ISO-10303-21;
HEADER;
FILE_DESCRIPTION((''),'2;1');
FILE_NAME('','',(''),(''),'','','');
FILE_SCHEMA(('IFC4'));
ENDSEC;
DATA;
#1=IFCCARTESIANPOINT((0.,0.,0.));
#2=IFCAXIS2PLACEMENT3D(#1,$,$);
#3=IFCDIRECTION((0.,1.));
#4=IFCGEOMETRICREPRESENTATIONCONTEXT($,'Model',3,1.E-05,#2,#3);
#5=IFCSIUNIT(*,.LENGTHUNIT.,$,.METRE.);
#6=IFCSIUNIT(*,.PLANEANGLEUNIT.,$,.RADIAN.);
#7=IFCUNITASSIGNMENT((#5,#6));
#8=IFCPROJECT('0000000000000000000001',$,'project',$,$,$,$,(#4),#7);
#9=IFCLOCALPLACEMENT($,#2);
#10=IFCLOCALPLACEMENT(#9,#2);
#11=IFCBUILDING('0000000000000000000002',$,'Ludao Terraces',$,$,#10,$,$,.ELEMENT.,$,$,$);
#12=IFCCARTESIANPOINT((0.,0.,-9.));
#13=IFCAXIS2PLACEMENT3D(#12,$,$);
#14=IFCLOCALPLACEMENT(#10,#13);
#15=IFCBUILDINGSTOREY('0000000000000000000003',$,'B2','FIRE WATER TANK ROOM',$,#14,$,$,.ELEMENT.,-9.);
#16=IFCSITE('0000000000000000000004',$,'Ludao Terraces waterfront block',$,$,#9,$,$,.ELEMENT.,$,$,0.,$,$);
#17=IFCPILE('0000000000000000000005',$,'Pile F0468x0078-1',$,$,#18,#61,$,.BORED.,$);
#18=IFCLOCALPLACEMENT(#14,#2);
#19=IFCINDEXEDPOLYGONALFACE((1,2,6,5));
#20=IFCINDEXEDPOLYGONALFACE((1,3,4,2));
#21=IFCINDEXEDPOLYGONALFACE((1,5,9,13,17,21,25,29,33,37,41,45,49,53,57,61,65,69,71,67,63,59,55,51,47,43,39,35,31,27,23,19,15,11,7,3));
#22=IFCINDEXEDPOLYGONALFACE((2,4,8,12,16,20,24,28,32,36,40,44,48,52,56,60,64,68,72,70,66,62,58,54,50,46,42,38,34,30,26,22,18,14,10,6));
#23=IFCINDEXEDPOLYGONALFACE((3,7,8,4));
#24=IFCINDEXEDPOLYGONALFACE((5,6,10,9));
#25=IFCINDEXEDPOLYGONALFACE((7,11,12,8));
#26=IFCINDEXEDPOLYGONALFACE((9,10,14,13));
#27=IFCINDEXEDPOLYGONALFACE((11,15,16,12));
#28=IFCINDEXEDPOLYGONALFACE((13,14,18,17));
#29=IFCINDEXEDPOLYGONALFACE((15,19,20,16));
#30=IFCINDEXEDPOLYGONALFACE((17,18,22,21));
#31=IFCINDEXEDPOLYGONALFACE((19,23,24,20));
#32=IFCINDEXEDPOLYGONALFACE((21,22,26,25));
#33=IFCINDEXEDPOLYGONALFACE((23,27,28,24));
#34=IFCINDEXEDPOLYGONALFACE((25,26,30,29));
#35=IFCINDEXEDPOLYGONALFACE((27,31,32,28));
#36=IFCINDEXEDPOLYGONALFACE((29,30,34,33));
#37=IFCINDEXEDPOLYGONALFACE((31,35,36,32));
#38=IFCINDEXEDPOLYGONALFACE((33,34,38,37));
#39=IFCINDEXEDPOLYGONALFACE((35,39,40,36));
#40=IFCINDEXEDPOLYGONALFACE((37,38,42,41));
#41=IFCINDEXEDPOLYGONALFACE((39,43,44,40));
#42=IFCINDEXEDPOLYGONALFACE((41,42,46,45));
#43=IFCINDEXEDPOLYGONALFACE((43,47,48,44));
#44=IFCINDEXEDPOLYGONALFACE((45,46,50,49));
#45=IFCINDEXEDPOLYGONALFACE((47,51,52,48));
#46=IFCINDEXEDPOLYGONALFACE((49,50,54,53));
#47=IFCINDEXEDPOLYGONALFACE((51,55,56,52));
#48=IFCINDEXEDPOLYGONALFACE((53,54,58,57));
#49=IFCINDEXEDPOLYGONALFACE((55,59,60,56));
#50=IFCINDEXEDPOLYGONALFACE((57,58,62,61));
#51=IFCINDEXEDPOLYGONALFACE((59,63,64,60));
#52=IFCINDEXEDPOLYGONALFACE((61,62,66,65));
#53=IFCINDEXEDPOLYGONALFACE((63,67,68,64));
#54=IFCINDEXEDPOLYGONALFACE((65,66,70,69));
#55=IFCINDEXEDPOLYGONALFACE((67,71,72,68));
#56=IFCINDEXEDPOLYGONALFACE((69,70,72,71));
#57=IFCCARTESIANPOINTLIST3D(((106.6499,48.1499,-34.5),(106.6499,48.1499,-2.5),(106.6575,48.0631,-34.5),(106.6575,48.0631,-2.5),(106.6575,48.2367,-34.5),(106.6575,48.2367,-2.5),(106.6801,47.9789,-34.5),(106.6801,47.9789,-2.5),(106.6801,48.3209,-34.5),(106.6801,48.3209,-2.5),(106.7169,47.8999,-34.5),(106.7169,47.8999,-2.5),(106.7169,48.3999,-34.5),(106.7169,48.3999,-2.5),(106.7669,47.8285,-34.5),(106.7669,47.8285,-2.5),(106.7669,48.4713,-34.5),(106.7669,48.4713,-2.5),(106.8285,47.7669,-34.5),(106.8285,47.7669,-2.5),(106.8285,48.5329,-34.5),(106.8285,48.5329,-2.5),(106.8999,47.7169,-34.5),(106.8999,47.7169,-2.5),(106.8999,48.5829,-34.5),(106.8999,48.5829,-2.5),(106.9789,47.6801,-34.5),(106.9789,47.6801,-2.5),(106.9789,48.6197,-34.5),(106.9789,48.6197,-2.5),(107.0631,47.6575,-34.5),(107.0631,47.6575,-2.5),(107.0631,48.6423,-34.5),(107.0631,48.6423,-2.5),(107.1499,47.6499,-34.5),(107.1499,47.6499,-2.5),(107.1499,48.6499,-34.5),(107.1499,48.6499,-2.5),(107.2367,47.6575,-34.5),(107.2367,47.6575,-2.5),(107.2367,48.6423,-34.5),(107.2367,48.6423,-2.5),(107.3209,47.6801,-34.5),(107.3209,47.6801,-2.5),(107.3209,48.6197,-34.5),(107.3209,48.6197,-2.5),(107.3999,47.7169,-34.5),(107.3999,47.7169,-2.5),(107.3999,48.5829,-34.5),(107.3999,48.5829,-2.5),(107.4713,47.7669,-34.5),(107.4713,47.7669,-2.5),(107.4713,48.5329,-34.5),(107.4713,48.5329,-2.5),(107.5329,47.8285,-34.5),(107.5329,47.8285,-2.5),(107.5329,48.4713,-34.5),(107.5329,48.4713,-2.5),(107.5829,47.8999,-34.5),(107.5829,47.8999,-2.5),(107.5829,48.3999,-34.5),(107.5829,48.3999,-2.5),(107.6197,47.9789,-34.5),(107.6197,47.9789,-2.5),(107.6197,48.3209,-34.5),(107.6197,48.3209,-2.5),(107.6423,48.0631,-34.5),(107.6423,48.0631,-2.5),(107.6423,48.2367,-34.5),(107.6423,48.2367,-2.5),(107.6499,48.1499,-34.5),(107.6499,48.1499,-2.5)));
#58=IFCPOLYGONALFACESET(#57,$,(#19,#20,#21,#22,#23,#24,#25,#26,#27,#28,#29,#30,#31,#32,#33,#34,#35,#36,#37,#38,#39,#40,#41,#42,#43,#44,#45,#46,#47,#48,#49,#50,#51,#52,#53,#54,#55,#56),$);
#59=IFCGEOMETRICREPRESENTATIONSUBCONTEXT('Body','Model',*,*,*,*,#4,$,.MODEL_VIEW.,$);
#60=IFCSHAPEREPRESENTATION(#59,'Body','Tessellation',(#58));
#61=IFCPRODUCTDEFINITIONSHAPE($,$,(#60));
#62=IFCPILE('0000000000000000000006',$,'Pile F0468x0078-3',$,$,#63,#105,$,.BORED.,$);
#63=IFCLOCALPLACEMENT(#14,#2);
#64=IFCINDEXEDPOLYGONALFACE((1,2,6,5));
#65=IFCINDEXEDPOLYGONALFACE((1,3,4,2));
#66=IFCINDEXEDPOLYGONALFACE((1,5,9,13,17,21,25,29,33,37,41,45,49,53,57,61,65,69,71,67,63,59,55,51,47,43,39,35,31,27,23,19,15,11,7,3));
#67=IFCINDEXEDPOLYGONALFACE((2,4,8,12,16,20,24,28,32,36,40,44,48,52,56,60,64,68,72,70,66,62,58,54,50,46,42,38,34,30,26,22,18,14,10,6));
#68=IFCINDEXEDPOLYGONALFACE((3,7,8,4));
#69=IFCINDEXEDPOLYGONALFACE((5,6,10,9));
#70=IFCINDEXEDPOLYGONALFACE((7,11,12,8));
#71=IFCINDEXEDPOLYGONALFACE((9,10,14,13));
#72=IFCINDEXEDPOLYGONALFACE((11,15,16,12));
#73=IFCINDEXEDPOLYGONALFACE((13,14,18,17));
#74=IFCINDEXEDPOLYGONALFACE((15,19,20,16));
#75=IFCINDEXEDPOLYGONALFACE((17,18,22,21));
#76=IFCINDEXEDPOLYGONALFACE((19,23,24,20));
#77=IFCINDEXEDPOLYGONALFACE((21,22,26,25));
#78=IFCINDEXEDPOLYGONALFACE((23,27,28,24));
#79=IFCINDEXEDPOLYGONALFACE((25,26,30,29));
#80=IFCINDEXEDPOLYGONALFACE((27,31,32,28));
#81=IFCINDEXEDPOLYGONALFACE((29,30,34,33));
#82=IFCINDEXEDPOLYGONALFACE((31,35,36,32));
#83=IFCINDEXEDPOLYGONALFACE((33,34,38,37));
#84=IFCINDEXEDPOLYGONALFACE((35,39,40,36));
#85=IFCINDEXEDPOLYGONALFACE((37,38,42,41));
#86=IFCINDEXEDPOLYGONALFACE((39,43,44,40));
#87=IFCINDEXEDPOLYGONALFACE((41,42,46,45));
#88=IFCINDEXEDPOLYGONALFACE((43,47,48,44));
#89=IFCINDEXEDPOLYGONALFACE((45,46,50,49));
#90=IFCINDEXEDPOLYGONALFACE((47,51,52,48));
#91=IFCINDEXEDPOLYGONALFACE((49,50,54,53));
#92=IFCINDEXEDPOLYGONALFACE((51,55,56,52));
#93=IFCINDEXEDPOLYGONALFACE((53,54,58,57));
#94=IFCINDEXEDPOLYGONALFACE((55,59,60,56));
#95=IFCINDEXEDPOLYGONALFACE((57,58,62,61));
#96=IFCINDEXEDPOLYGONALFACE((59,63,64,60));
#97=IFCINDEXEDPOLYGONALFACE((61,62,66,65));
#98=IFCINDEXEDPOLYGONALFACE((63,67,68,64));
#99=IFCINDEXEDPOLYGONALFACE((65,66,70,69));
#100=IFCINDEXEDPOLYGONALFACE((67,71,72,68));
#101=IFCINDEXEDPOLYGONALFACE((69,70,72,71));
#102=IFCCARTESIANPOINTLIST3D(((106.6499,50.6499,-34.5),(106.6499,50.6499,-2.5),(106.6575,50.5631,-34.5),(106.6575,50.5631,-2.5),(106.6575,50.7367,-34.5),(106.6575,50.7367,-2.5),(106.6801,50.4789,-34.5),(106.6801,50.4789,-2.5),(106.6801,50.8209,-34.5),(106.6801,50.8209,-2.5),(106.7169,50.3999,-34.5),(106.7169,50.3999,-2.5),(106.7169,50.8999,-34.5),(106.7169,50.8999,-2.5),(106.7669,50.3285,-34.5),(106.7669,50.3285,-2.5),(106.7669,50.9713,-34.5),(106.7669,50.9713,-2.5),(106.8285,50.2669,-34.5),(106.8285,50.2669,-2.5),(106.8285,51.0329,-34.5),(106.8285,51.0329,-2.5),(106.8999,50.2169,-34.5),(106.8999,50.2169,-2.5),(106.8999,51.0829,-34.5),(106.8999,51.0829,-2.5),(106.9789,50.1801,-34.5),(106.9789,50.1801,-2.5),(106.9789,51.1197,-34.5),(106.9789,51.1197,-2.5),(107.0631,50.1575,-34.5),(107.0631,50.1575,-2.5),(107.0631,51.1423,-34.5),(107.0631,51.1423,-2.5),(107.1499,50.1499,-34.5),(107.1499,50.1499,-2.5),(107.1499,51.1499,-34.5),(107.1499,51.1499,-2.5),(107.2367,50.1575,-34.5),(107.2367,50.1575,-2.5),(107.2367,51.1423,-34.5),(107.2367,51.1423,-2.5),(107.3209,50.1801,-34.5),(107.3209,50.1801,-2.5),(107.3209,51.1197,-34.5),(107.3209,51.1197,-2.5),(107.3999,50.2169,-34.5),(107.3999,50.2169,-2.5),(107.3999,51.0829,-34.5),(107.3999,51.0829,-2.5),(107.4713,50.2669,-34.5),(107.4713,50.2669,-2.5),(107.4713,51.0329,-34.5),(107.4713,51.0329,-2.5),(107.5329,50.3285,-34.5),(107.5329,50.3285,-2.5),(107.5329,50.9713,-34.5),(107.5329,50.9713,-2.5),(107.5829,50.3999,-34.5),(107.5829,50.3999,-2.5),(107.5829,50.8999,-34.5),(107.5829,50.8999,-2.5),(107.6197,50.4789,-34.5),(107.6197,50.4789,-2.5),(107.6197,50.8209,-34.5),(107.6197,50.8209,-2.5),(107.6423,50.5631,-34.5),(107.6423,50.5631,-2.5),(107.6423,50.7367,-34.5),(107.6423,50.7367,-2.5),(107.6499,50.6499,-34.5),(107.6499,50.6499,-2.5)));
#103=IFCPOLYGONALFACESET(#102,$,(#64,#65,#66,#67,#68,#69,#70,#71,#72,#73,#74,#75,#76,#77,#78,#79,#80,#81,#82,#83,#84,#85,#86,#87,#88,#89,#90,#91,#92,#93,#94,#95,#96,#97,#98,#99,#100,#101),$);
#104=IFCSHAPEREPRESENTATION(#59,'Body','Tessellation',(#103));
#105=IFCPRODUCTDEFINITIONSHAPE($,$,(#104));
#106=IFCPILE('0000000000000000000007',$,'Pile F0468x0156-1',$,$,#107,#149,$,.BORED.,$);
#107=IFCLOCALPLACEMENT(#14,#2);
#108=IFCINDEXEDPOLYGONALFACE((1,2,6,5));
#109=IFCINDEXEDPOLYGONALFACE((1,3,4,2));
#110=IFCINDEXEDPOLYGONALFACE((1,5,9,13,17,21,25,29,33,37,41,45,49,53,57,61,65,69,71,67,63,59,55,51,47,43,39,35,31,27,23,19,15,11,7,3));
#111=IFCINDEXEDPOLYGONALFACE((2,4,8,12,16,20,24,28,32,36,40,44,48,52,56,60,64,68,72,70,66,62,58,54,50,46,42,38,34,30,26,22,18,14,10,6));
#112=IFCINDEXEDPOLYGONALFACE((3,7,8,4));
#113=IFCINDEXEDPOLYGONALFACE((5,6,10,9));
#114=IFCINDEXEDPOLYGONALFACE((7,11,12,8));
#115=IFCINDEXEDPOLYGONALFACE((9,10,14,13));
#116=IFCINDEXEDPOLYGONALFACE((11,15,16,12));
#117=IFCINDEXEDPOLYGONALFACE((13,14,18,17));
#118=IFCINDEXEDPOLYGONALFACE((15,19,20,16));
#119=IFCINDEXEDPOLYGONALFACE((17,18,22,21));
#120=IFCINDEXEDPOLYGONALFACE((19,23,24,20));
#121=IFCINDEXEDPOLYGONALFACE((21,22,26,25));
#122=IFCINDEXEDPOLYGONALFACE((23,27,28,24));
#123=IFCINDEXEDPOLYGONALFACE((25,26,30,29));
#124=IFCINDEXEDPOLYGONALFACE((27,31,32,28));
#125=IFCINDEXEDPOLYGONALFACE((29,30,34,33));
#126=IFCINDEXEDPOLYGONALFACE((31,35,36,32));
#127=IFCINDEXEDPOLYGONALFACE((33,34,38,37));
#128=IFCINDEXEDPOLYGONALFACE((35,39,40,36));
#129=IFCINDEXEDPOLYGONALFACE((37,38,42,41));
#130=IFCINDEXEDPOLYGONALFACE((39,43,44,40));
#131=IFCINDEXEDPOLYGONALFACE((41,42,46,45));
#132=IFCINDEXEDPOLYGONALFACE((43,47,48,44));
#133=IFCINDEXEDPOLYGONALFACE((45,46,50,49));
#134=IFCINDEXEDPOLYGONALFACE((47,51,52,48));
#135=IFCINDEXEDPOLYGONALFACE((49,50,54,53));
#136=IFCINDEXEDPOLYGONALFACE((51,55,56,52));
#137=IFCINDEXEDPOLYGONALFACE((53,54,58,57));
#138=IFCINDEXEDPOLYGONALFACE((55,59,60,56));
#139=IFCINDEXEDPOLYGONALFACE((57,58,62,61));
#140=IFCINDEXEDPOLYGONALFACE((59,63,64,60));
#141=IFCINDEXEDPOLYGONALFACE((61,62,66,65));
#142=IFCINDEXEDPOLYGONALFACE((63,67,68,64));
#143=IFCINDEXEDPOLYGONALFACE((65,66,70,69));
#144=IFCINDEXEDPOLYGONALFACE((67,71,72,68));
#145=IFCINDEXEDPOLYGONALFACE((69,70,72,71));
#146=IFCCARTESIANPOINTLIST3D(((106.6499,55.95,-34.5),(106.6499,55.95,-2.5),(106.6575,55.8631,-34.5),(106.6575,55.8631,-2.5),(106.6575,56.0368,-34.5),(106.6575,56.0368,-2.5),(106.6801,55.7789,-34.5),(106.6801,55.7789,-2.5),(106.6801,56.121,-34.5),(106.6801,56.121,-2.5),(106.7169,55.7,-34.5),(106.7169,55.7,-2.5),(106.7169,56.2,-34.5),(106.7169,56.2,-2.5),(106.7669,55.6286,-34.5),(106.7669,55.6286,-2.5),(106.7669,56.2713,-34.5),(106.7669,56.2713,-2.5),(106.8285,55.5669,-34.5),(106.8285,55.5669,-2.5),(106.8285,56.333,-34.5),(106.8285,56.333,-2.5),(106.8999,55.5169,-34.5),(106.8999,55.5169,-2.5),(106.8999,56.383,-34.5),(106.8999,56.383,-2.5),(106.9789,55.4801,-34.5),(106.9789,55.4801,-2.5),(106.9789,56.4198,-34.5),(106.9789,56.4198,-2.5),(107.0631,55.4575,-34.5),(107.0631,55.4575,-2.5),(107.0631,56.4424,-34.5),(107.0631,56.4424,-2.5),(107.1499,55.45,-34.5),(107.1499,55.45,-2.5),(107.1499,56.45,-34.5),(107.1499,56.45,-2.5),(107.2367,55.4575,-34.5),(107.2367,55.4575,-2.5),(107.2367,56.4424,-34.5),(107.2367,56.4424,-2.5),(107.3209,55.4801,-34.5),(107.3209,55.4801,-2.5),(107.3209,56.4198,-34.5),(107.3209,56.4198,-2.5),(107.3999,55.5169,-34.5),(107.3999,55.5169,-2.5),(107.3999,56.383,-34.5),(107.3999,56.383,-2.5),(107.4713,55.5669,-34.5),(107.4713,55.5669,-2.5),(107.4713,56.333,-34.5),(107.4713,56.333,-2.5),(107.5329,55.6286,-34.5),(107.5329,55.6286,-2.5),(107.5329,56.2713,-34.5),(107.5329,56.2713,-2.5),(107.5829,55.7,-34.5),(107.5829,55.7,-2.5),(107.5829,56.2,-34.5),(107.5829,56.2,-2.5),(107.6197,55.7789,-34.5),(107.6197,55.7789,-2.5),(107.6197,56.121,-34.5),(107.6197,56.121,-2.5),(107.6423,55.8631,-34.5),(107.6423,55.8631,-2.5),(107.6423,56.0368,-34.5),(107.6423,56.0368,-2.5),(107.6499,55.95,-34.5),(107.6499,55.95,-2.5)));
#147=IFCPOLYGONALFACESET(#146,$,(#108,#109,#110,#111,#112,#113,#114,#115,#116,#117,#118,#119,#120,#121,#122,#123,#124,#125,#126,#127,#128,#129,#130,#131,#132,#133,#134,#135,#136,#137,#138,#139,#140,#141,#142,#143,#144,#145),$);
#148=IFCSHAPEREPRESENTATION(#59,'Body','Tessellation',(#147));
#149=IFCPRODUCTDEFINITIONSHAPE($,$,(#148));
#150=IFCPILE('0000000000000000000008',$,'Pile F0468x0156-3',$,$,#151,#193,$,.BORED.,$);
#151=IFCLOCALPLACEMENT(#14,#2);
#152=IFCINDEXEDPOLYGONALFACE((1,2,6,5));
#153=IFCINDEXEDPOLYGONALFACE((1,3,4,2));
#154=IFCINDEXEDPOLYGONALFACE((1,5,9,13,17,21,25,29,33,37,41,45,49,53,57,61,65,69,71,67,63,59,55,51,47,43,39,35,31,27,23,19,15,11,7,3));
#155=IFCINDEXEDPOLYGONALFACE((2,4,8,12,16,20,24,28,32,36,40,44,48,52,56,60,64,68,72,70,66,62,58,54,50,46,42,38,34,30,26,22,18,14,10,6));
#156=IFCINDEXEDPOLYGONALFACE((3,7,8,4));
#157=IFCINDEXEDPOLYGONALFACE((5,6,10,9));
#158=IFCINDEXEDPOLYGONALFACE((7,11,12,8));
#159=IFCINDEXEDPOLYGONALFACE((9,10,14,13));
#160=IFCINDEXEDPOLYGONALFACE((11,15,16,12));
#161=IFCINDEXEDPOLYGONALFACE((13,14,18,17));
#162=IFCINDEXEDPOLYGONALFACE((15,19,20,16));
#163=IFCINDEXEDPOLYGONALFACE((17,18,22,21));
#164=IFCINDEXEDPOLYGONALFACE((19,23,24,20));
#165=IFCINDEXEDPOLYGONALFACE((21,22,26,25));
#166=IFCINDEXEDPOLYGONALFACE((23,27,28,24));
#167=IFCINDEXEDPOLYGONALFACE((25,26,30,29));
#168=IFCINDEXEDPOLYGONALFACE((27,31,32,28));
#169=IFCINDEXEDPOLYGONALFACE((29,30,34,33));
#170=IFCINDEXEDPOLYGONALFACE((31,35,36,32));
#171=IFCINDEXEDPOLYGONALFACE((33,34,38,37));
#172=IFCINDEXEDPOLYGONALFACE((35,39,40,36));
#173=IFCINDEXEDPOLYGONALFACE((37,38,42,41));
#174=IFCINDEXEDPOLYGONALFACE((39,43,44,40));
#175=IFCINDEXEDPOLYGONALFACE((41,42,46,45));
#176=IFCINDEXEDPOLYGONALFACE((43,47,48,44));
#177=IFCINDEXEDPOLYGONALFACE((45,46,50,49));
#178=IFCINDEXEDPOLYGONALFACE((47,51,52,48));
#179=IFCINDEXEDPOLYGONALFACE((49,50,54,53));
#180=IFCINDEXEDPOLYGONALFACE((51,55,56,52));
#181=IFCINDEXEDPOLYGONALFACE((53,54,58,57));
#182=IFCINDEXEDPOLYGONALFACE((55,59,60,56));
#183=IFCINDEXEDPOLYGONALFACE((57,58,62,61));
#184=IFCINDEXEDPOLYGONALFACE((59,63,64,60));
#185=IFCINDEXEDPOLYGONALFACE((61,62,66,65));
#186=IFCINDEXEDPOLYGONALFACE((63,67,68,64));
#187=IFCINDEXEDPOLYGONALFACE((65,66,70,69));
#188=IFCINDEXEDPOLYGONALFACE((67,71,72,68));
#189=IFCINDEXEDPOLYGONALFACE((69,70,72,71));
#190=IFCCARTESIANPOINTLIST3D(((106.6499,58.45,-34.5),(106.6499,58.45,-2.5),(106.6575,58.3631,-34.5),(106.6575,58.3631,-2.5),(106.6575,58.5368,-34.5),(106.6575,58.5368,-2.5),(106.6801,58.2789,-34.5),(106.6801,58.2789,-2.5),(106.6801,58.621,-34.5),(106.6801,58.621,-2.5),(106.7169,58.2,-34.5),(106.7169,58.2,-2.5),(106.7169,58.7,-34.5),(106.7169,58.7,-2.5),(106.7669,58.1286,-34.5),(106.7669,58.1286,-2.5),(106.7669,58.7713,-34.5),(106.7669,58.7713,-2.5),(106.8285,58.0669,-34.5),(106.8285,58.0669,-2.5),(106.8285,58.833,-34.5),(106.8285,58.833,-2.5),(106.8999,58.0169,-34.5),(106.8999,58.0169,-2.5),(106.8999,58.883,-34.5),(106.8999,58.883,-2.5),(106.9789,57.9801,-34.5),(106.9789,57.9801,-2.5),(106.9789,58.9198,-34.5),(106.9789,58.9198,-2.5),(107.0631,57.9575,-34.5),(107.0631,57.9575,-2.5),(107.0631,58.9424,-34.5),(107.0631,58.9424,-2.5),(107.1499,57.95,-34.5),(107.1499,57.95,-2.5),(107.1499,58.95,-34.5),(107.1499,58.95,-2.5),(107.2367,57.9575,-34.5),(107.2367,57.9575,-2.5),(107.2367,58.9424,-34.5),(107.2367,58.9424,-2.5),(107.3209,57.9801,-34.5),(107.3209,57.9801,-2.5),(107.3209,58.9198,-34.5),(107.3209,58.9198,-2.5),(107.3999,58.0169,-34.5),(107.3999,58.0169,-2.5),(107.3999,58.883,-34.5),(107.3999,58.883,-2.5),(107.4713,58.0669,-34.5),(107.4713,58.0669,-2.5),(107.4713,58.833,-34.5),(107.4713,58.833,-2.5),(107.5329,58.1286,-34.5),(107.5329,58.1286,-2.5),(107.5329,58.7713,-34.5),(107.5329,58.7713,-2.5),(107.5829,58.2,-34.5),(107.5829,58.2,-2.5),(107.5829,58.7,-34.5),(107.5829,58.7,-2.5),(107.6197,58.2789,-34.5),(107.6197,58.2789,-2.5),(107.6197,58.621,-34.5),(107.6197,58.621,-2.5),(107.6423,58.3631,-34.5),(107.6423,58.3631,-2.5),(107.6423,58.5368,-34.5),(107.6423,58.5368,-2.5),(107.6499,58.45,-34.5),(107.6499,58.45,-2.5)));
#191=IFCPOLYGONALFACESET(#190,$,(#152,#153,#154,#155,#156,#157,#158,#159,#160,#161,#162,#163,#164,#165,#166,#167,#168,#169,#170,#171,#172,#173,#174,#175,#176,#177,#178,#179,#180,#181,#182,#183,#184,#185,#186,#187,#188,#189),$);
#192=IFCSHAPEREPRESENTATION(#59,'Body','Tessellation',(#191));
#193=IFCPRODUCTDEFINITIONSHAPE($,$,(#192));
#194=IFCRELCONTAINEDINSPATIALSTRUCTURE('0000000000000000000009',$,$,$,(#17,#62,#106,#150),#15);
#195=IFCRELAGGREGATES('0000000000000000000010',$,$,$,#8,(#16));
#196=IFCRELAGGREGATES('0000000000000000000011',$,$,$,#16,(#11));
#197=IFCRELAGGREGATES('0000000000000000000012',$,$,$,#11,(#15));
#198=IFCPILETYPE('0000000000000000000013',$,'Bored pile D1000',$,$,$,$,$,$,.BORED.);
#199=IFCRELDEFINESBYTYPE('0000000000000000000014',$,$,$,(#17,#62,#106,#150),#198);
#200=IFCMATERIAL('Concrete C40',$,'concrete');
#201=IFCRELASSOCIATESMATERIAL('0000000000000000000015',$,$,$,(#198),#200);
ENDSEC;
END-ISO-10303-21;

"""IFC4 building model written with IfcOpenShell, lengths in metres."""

from ifc_helpers import new_model, si_unit, direction, frame, origin, origin_2d, place, context, subcontext, project, spatial, circle, extrude, material, material_profile, profile_set, type_object, element, save


model = new_model("IFC4")

# Units and contexts
model_context = context("Model", 3, precision=1e-05, world=origin(), true_north=direction((0.0, 1.0)))
body_context = subcontext(model_context, "Body", "Model", "MODEL_VIEW")
ifc_project = project(units=[si_unit("LENGTHUNIT", "METRE"), si_unit("PLANEANGLEUNIT", "RADIAN")], contexts=[model_context])

# Site, building, storey
site_placement = place(None, origin())
site = spatial("IfcSite", under=ifc_project, at=site_placement, Name="Ludao Terraces waterfront block", CompositionType="ELEMENT", RefElevation=0.0)
building_placement = place(site_placement, origin())
building = spatial("IfcBuilding", under=site, at=building_placement, Name="Ludao Terraces", CompositionType="ELEMENT")
storey_placement = place(building_placement, frame((0.0, 0.0, -9.0)))
storey = spatial("IfcBuildingStorey", under=building, at=storey_placement, Name="B2", Description="FIRE WATER TANK ROOM", CompositionType="ELEMENT", Elevation=-9.0)

# Piles
ifc_material_1 = material(Name="Concrete C40", Category="concrete")
ifc_material_profile_1 = material_profile(ifc_material_1, circle(Radius=0.5, at=origin_2d()), Name="D1000 BORED PILE")
ifc_profile_set_1 = profile_set([ifc_material_profile_1], Name="Concrete C40")
pile_type = type_object("IfcPileType", Name="Bored pile D1000", PredefinedType="BORED", material=ifc_profile_set_1)
for number, where, z_axis, x_axis, name in (
    (1, (107.1499, 48.1499, -2.5), (0.0, 0.0, -1.0), (1.0, 0.0, 0.0), "Pile F0468x0078-1"),
    (2, (107.1499, 50.6499, -2.5), (0.0, 0.0, -1.0), (1.0, 0.0, 0.0), "Pile F0468x0078-3"),
    (3, (107.1499, 55.95, -2.5), (0.0, 0.0, -1.0), (1.0, 0.0, 0.0), "Pile F0468x0156-1"),
    (4, (107.1499, 58.45, -2.5), (0.0, 0.0, -1.0), (1.0, 0.0, 0.0), "Pile F0468x0156-3"),
):
    element("IfcPile", number, at=place(storey_placement, frame(where, z_axis=z_axis, x_axis=x_axis)), inside=storey, type_object=pile_type, Name=name, PredefinedType="BORED", context=body_context, shape_type="SweptSolid", body=[
        extrude(circle(Radius=0.5, at=origin_2d()), origin(), (0.0, 0.0, 1.0), 32.0),
    ])

save(model, "model.ifc")
